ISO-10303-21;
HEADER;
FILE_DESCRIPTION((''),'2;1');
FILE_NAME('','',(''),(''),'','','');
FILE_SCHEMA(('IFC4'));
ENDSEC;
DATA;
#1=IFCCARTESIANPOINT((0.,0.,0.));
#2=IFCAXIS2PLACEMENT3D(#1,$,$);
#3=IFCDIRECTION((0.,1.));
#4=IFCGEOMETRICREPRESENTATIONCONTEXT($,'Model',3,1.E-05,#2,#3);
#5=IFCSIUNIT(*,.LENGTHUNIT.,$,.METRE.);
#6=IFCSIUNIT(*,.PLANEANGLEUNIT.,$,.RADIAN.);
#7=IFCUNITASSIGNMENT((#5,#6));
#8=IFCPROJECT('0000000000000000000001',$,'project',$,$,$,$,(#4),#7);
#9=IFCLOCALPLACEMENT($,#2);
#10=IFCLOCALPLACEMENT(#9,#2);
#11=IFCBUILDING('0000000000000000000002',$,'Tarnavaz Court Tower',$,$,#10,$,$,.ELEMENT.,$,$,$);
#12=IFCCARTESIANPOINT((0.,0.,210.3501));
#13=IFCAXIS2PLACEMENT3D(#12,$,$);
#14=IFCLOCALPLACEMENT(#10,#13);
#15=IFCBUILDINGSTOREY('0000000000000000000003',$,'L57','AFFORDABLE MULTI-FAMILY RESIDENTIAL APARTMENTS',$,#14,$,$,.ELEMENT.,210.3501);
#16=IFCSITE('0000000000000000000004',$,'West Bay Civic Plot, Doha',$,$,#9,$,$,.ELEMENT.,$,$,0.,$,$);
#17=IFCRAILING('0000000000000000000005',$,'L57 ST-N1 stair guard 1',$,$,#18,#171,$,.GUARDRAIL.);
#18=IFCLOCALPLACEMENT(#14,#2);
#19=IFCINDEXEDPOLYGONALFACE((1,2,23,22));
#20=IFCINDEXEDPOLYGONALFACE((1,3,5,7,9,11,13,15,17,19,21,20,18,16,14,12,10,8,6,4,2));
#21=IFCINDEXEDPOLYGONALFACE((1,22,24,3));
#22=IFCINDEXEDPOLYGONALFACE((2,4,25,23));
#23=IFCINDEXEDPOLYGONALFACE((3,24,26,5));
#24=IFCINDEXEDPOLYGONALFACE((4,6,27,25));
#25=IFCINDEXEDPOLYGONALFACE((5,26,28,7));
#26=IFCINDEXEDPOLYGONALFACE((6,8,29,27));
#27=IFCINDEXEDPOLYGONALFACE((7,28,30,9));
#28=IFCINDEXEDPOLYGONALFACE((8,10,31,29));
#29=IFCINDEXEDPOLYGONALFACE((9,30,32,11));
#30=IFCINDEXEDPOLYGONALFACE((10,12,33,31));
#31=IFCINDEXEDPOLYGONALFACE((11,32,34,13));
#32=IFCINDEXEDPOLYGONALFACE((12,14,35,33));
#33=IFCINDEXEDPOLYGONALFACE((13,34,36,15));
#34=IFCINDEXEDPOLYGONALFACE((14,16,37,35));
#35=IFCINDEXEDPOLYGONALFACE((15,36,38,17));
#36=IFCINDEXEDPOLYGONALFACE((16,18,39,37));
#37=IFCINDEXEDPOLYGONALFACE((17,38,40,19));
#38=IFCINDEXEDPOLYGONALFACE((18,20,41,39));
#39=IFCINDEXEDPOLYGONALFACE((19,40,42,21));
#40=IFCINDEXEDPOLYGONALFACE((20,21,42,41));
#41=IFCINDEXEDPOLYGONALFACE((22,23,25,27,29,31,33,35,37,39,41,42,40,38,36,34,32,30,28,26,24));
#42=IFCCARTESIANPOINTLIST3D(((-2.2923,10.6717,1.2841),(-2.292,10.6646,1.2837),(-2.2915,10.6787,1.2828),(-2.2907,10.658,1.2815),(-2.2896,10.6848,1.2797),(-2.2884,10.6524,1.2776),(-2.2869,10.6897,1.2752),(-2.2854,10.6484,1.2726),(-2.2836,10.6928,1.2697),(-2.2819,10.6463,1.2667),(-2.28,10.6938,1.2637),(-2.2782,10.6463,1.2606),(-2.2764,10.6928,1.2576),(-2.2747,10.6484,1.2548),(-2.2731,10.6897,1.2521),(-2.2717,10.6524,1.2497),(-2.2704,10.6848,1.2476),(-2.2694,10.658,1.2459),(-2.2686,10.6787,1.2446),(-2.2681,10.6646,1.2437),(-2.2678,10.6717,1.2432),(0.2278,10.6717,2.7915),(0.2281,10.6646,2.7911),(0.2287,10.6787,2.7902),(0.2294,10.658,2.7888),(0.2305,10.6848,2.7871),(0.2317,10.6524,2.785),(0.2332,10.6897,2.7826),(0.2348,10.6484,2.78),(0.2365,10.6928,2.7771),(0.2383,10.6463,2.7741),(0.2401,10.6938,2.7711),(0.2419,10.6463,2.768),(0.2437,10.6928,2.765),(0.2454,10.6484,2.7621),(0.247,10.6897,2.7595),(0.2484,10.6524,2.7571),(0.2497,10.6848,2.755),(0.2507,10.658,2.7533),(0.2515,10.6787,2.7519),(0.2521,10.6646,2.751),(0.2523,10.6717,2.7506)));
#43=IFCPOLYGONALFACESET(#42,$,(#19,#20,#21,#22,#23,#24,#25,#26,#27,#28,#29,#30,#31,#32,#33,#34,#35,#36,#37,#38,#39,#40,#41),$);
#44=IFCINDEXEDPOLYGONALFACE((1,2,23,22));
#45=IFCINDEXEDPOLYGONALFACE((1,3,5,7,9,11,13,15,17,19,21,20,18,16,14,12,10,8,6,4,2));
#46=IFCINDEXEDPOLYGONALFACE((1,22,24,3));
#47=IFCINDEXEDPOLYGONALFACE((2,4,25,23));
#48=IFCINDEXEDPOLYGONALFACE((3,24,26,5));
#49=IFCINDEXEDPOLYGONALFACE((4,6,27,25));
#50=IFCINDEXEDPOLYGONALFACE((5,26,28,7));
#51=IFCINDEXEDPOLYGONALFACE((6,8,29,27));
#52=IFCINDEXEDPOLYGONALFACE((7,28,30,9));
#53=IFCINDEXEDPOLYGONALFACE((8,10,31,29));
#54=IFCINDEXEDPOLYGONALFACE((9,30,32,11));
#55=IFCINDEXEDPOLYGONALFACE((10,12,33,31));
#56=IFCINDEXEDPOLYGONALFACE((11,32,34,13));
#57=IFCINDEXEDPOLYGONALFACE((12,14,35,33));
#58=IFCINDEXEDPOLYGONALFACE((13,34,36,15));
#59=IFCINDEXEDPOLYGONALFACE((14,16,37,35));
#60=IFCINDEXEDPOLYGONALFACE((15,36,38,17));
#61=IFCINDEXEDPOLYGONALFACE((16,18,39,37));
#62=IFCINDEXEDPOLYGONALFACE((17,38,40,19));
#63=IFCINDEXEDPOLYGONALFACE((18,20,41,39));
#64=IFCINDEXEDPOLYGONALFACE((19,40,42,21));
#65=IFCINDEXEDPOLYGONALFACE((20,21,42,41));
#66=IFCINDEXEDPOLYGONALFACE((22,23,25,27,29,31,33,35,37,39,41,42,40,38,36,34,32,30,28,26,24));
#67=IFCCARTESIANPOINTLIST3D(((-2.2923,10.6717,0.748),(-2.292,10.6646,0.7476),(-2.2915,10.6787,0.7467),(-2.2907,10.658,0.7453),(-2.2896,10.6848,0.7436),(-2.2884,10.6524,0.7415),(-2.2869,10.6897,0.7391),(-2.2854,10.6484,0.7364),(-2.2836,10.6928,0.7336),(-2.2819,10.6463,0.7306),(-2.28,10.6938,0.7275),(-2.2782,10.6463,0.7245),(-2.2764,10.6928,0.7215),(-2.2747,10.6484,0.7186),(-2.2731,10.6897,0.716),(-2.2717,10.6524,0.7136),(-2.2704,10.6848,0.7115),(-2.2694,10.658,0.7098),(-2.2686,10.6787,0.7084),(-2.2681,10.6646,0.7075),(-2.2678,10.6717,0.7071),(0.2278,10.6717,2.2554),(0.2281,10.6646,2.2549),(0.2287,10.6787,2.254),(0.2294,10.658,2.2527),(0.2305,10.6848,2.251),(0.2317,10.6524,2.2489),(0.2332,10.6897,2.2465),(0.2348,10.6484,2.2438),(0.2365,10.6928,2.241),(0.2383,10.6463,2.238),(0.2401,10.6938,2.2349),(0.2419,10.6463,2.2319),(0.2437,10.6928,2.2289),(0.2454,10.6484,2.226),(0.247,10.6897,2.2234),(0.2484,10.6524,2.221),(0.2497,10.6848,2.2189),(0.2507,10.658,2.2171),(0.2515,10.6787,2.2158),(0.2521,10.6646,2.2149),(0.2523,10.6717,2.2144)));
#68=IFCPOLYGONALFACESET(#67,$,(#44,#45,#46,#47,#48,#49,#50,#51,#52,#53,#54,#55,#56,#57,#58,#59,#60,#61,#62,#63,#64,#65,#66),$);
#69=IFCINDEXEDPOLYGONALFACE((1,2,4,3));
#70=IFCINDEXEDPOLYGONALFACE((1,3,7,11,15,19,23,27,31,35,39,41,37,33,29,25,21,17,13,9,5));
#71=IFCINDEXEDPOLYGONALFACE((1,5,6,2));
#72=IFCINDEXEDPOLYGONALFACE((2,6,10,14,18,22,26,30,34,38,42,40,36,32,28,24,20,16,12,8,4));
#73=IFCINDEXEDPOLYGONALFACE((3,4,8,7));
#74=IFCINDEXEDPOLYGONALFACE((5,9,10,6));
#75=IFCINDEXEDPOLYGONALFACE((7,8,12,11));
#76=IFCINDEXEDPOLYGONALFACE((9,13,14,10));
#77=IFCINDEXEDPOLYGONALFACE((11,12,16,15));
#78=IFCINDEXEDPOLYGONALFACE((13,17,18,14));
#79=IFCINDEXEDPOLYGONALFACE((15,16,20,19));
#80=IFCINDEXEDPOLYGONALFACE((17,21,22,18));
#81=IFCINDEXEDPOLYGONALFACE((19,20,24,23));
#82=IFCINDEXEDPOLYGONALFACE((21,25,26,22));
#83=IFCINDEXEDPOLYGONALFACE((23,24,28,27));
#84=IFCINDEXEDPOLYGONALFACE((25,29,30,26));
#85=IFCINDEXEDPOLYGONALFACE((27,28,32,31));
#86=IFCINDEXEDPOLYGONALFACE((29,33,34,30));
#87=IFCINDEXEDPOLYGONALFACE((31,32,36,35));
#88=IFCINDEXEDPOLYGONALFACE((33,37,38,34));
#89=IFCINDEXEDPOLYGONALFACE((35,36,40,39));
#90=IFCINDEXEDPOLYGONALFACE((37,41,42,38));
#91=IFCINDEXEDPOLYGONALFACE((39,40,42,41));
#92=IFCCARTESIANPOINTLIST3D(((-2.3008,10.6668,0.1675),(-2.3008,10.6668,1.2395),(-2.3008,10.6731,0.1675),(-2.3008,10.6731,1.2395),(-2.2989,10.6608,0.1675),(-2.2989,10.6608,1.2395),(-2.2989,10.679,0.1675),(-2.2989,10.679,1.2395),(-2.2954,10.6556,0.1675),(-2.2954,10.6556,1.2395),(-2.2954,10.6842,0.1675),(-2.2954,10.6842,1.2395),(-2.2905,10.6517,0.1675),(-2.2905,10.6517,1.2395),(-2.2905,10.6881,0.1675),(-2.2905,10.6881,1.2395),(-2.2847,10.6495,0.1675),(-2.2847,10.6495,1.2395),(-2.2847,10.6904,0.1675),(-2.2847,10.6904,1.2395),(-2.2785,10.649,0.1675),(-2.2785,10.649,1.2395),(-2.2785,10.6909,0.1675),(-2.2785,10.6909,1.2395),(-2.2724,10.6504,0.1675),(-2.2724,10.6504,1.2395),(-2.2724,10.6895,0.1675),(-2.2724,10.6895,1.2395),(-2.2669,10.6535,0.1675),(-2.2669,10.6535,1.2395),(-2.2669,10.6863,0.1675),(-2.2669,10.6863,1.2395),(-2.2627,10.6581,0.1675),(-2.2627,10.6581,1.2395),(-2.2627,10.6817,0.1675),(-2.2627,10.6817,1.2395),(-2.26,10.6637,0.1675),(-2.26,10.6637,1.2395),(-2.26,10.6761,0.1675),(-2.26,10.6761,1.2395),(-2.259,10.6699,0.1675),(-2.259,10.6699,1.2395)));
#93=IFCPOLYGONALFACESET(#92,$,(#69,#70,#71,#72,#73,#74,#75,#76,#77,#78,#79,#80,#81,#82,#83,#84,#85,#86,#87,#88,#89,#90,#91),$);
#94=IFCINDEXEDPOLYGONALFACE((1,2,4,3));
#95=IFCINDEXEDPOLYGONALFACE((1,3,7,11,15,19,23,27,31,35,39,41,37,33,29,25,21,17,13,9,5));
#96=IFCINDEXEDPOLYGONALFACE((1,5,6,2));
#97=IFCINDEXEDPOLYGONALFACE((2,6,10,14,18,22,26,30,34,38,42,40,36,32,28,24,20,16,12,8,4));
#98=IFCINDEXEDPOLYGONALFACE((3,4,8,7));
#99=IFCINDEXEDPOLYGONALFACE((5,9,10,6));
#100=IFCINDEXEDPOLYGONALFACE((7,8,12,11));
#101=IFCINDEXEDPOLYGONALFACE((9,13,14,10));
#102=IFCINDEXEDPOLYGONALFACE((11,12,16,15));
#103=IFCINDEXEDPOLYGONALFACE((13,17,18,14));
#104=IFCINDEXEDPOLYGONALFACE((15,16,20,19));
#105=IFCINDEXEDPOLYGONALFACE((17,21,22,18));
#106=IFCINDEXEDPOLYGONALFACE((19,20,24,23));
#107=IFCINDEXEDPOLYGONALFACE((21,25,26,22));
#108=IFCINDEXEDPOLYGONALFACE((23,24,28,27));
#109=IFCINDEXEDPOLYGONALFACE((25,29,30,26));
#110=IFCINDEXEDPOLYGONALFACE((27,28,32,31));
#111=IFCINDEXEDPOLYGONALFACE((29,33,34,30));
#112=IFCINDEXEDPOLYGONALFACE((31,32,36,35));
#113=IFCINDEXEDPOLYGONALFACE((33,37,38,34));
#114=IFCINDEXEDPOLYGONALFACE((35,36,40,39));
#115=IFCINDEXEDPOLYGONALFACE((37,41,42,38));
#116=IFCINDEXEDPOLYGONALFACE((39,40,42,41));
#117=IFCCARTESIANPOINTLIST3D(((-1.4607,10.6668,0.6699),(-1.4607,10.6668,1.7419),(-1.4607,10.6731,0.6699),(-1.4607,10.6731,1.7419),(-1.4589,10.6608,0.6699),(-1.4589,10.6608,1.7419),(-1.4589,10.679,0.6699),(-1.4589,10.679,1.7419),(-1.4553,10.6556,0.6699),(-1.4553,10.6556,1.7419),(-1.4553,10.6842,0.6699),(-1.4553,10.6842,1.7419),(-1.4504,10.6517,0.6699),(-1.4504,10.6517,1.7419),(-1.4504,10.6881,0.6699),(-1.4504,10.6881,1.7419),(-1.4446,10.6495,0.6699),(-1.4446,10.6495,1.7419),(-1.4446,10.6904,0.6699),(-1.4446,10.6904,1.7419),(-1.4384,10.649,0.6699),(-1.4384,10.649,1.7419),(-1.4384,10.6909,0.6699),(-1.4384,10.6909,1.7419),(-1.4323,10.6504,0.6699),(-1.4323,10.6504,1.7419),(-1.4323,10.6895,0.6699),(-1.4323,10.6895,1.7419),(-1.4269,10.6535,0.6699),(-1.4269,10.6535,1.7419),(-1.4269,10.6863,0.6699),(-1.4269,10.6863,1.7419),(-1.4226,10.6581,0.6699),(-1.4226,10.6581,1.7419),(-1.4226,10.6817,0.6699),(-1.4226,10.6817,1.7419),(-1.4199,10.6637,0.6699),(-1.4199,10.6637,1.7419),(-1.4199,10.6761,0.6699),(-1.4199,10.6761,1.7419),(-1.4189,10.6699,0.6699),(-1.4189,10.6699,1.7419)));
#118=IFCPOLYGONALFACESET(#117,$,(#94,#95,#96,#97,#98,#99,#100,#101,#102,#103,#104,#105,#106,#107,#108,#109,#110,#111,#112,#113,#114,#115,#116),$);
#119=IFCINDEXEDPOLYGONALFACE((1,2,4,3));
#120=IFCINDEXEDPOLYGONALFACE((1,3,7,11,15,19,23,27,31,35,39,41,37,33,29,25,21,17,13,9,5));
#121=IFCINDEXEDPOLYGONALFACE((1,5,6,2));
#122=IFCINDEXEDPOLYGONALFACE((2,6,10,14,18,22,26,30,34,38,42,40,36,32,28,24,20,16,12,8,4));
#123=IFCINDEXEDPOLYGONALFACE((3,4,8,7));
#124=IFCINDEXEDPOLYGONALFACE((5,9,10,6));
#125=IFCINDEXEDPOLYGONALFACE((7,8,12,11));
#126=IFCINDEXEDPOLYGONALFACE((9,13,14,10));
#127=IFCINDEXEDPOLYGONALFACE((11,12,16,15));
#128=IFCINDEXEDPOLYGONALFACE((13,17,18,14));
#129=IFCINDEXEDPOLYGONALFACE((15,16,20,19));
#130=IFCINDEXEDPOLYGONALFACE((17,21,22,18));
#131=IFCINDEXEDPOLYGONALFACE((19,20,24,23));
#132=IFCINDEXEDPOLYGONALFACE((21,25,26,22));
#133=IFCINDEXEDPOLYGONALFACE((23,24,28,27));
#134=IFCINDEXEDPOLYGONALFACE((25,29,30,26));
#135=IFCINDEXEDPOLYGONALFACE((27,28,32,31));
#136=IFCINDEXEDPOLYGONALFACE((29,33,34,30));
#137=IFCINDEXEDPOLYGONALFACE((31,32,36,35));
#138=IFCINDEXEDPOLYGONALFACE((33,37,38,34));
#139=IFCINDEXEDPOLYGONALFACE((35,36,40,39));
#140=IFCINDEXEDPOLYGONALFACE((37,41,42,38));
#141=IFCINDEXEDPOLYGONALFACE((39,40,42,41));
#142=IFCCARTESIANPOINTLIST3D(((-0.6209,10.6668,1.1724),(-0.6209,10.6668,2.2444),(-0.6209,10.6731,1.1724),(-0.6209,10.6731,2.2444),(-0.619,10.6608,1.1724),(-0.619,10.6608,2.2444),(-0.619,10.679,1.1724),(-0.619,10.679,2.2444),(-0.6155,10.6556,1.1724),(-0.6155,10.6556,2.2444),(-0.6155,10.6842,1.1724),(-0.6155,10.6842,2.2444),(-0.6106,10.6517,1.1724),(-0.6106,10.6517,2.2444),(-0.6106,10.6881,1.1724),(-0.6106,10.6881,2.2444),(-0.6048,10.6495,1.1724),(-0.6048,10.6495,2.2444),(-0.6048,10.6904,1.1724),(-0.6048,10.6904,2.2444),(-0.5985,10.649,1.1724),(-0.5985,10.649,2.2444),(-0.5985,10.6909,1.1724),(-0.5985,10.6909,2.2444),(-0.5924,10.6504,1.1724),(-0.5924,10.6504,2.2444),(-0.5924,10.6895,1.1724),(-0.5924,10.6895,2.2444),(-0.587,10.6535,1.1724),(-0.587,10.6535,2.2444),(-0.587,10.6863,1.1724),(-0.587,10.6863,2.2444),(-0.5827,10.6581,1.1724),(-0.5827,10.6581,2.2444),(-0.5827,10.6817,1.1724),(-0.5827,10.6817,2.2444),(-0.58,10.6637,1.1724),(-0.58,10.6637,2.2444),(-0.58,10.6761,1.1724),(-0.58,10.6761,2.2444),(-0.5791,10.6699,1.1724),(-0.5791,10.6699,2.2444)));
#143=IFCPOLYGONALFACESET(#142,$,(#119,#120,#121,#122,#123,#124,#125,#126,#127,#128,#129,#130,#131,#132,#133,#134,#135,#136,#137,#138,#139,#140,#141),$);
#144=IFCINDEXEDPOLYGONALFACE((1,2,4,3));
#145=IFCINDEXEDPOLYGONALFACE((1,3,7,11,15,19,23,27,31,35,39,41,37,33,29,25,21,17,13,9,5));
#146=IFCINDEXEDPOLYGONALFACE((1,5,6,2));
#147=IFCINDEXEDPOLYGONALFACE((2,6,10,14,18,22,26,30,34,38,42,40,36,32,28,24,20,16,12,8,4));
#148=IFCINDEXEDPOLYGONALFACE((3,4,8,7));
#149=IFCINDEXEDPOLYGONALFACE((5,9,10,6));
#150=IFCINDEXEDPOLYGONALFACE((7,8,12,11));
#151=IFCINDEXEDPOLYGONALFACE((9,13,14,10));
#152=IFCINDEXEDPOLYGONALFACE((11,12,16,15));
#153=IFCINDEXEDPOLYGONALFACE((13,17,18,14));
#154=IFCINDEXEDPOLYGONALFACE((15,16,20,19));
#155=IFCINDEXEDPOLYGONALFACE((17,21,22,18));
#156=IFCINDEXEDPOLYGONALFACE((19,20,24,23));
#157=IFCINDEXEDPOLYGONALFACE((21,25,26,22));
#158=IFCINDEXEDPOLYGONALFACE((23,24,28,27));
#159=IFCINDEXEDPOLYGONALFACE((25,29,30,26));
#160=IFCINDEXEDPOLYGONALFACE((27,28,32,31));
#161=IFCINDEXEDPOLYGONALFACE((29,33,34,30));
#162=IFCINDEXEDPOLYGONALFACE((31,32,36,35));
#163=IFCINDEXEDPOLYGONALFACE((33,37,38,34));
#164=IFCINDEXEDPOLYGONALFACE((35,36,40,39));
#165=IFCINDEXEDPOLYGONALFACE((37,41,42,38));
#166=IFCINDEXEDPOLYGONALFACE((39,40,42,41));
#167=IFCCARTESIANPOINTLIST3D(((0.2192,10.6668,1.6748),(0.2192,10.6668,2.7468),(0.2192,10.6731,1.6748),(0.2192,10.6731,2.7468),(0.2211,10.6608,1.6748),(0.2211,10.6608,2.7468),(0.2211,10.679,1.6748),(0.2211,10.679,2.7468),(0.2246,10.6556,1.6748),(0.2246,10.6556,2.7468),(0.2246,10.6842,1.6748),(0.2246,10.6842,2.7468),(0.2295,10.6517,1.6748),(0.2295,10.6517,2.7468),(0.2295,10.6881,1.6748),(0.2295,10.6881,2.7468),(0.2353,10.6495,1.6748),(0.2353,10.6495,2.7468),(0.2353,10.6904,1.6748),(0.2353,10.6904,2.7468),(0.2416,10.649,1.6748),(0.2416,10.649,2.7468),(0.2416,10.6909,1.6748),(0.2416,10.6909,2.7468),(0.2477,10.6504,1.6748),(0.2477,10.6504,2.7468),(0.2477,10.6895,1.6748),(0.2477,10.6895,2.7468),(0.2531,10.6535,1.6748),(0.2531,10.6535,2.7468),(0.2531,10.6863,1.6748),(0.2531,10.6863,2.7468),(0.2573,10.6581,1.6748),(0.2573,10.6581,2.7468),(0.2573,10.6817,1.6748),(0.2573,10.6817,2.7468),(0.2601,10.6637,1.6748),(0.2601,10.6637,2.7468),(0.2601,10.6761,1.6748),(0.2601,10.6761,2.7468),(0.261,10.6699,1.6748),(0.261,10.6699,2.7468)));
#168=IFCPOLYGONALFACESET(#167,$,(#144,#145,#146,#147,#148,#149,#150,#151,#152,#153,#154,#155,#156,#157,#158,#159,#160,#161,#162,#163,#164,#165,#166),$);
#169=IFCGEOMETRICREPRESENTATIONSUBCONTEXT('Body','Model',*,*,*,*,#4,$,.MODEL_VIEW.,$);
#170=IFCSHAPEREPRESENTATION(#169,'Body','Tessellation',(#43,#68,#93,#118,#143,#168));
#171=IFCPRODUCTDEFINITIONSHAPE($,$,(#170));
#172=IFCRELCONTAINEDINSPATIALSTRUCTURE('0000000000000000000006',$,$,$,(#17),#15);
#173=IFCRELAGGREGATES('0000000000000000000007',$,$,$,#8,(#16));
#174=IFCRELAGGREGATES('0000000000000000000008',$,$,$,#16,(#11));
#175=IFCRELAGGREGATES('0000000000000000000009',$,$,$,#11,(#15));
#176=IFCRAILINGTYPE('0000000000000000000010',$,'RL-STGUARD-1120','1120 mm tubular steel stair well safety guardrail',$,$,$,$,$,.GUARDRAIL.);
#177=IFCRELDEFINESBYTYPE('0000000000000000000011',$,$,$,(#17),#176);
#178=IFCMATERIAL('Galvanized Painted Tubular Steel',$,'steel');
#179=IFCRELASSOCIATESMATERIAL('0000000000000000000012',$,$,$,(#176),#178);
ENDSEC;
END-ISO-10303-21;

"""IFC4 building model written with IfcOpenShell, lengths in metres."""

from ifc_helpers import new_model, si_unit, direction, frame, origin, origin_2d, place, context, subcontext, project, spatial, circle, extrude, material, type_object, element, save


model = new_model("IFC4")

# Units and contexts
model_context = context("Model", 3, precision=1e-05, world=origin(), true_north=direction((0.0, 1.0)))
body_context = subcontext(model_context, "Body", "Model", "MODEL_VIEW")
ifc_project = project(units=[si_unit("LENGTHUNIT", "METRE"), si_unit("PLANEANGLEUNIT", "RADIAN")], contexts=[model_context])

# Site, building, storey
site_placement = place(None, origin())
site = spatial("IfcSite", under=ifc_project, at=site_placement, Name="West Bay Civic Plot, Doha", CompositionType="ELEMENT", RefElevation=0.0)
building_placement = place(site_placement, origin())
building = spatial("IfcBuilding", under=site, at=building_placement, Name="Tarnavaz Court Tower", CompositionType="ELEMENT")
storey_placement = place(building_placement, frame((0.0, 0.0, 210.3501)))
storey = spatial("IfcBuildingStorey", under=building, at=storey_placement, Name="L57", Description="AFFORDABLE MULTI-FAMILY RESIDENTIAL APARTMENTS", CompositionType="ELEMENT", Elevation=210.3501)

# Railing
ifc_material_1 = material(Name="Galvanized Painted Tubular Steel", Category="steel")
railing_type_1 = type_object("IfcRailingType", Name="RL-STGUARD-1120", Description="1120 mm tubular steel stair well safety guardrail", PredefinedType="GUARDRAIL", material=ifc_material_1)
railing_1_placement = place(storey_placement, frame((-2.28, 10.6699, 0.1675)))
element("IfcRailing", 1, at=railing_1_placement, inside=storey, type_object=railing_type_1, Name="L57 ST-N1 stair guard 1", PredefinedType="GUARDRAIL", context=body_context, shape_type="SweptSolid", body=[
    extrude(circle(Radius=0.0239, at=origin_2d()), frame((0.0, 0.0, 1.0962), z_axis=(0.858196, 0.0, 0.513321), x_axis=(0.0, 1.0, 0.0)), (0.0, 0.0, 1.0), 2.9365),
    extrude(circle(Radius=0.0239, at=origin_2d()), frame((0.0, 0.0, 0.5601), z_axis=(0.858196, 0.0, 0.513321), x_axis=(0.0, 1.0, 0.0)), (0.0, 0.0, 1.0), 2.9365),
    extrude(circle(Radius=0.021, at=origin_2d()), origin(), (0.0, 0.0, 1.0), 1.072),
    extrude(circle(Radius=0.021, at=origin_2d()), frame((0.8401, 0.0, 0.5024)), (0.0, 0.0, 1.0), 1.072),
    extrude(circle(Radius=0.021, at=origin_2d()), frame((1.6799, 0.0, 1.0049)), (0.0, 0.0, 1.0), 1.072),
    extrude(circle(Radius=0.021, at=origin_2d()), frame((2.52, 0.0, 1.5073)), (0.0, 0.0, 1.0), 1.072),
])

save(model, "model.ifc")
